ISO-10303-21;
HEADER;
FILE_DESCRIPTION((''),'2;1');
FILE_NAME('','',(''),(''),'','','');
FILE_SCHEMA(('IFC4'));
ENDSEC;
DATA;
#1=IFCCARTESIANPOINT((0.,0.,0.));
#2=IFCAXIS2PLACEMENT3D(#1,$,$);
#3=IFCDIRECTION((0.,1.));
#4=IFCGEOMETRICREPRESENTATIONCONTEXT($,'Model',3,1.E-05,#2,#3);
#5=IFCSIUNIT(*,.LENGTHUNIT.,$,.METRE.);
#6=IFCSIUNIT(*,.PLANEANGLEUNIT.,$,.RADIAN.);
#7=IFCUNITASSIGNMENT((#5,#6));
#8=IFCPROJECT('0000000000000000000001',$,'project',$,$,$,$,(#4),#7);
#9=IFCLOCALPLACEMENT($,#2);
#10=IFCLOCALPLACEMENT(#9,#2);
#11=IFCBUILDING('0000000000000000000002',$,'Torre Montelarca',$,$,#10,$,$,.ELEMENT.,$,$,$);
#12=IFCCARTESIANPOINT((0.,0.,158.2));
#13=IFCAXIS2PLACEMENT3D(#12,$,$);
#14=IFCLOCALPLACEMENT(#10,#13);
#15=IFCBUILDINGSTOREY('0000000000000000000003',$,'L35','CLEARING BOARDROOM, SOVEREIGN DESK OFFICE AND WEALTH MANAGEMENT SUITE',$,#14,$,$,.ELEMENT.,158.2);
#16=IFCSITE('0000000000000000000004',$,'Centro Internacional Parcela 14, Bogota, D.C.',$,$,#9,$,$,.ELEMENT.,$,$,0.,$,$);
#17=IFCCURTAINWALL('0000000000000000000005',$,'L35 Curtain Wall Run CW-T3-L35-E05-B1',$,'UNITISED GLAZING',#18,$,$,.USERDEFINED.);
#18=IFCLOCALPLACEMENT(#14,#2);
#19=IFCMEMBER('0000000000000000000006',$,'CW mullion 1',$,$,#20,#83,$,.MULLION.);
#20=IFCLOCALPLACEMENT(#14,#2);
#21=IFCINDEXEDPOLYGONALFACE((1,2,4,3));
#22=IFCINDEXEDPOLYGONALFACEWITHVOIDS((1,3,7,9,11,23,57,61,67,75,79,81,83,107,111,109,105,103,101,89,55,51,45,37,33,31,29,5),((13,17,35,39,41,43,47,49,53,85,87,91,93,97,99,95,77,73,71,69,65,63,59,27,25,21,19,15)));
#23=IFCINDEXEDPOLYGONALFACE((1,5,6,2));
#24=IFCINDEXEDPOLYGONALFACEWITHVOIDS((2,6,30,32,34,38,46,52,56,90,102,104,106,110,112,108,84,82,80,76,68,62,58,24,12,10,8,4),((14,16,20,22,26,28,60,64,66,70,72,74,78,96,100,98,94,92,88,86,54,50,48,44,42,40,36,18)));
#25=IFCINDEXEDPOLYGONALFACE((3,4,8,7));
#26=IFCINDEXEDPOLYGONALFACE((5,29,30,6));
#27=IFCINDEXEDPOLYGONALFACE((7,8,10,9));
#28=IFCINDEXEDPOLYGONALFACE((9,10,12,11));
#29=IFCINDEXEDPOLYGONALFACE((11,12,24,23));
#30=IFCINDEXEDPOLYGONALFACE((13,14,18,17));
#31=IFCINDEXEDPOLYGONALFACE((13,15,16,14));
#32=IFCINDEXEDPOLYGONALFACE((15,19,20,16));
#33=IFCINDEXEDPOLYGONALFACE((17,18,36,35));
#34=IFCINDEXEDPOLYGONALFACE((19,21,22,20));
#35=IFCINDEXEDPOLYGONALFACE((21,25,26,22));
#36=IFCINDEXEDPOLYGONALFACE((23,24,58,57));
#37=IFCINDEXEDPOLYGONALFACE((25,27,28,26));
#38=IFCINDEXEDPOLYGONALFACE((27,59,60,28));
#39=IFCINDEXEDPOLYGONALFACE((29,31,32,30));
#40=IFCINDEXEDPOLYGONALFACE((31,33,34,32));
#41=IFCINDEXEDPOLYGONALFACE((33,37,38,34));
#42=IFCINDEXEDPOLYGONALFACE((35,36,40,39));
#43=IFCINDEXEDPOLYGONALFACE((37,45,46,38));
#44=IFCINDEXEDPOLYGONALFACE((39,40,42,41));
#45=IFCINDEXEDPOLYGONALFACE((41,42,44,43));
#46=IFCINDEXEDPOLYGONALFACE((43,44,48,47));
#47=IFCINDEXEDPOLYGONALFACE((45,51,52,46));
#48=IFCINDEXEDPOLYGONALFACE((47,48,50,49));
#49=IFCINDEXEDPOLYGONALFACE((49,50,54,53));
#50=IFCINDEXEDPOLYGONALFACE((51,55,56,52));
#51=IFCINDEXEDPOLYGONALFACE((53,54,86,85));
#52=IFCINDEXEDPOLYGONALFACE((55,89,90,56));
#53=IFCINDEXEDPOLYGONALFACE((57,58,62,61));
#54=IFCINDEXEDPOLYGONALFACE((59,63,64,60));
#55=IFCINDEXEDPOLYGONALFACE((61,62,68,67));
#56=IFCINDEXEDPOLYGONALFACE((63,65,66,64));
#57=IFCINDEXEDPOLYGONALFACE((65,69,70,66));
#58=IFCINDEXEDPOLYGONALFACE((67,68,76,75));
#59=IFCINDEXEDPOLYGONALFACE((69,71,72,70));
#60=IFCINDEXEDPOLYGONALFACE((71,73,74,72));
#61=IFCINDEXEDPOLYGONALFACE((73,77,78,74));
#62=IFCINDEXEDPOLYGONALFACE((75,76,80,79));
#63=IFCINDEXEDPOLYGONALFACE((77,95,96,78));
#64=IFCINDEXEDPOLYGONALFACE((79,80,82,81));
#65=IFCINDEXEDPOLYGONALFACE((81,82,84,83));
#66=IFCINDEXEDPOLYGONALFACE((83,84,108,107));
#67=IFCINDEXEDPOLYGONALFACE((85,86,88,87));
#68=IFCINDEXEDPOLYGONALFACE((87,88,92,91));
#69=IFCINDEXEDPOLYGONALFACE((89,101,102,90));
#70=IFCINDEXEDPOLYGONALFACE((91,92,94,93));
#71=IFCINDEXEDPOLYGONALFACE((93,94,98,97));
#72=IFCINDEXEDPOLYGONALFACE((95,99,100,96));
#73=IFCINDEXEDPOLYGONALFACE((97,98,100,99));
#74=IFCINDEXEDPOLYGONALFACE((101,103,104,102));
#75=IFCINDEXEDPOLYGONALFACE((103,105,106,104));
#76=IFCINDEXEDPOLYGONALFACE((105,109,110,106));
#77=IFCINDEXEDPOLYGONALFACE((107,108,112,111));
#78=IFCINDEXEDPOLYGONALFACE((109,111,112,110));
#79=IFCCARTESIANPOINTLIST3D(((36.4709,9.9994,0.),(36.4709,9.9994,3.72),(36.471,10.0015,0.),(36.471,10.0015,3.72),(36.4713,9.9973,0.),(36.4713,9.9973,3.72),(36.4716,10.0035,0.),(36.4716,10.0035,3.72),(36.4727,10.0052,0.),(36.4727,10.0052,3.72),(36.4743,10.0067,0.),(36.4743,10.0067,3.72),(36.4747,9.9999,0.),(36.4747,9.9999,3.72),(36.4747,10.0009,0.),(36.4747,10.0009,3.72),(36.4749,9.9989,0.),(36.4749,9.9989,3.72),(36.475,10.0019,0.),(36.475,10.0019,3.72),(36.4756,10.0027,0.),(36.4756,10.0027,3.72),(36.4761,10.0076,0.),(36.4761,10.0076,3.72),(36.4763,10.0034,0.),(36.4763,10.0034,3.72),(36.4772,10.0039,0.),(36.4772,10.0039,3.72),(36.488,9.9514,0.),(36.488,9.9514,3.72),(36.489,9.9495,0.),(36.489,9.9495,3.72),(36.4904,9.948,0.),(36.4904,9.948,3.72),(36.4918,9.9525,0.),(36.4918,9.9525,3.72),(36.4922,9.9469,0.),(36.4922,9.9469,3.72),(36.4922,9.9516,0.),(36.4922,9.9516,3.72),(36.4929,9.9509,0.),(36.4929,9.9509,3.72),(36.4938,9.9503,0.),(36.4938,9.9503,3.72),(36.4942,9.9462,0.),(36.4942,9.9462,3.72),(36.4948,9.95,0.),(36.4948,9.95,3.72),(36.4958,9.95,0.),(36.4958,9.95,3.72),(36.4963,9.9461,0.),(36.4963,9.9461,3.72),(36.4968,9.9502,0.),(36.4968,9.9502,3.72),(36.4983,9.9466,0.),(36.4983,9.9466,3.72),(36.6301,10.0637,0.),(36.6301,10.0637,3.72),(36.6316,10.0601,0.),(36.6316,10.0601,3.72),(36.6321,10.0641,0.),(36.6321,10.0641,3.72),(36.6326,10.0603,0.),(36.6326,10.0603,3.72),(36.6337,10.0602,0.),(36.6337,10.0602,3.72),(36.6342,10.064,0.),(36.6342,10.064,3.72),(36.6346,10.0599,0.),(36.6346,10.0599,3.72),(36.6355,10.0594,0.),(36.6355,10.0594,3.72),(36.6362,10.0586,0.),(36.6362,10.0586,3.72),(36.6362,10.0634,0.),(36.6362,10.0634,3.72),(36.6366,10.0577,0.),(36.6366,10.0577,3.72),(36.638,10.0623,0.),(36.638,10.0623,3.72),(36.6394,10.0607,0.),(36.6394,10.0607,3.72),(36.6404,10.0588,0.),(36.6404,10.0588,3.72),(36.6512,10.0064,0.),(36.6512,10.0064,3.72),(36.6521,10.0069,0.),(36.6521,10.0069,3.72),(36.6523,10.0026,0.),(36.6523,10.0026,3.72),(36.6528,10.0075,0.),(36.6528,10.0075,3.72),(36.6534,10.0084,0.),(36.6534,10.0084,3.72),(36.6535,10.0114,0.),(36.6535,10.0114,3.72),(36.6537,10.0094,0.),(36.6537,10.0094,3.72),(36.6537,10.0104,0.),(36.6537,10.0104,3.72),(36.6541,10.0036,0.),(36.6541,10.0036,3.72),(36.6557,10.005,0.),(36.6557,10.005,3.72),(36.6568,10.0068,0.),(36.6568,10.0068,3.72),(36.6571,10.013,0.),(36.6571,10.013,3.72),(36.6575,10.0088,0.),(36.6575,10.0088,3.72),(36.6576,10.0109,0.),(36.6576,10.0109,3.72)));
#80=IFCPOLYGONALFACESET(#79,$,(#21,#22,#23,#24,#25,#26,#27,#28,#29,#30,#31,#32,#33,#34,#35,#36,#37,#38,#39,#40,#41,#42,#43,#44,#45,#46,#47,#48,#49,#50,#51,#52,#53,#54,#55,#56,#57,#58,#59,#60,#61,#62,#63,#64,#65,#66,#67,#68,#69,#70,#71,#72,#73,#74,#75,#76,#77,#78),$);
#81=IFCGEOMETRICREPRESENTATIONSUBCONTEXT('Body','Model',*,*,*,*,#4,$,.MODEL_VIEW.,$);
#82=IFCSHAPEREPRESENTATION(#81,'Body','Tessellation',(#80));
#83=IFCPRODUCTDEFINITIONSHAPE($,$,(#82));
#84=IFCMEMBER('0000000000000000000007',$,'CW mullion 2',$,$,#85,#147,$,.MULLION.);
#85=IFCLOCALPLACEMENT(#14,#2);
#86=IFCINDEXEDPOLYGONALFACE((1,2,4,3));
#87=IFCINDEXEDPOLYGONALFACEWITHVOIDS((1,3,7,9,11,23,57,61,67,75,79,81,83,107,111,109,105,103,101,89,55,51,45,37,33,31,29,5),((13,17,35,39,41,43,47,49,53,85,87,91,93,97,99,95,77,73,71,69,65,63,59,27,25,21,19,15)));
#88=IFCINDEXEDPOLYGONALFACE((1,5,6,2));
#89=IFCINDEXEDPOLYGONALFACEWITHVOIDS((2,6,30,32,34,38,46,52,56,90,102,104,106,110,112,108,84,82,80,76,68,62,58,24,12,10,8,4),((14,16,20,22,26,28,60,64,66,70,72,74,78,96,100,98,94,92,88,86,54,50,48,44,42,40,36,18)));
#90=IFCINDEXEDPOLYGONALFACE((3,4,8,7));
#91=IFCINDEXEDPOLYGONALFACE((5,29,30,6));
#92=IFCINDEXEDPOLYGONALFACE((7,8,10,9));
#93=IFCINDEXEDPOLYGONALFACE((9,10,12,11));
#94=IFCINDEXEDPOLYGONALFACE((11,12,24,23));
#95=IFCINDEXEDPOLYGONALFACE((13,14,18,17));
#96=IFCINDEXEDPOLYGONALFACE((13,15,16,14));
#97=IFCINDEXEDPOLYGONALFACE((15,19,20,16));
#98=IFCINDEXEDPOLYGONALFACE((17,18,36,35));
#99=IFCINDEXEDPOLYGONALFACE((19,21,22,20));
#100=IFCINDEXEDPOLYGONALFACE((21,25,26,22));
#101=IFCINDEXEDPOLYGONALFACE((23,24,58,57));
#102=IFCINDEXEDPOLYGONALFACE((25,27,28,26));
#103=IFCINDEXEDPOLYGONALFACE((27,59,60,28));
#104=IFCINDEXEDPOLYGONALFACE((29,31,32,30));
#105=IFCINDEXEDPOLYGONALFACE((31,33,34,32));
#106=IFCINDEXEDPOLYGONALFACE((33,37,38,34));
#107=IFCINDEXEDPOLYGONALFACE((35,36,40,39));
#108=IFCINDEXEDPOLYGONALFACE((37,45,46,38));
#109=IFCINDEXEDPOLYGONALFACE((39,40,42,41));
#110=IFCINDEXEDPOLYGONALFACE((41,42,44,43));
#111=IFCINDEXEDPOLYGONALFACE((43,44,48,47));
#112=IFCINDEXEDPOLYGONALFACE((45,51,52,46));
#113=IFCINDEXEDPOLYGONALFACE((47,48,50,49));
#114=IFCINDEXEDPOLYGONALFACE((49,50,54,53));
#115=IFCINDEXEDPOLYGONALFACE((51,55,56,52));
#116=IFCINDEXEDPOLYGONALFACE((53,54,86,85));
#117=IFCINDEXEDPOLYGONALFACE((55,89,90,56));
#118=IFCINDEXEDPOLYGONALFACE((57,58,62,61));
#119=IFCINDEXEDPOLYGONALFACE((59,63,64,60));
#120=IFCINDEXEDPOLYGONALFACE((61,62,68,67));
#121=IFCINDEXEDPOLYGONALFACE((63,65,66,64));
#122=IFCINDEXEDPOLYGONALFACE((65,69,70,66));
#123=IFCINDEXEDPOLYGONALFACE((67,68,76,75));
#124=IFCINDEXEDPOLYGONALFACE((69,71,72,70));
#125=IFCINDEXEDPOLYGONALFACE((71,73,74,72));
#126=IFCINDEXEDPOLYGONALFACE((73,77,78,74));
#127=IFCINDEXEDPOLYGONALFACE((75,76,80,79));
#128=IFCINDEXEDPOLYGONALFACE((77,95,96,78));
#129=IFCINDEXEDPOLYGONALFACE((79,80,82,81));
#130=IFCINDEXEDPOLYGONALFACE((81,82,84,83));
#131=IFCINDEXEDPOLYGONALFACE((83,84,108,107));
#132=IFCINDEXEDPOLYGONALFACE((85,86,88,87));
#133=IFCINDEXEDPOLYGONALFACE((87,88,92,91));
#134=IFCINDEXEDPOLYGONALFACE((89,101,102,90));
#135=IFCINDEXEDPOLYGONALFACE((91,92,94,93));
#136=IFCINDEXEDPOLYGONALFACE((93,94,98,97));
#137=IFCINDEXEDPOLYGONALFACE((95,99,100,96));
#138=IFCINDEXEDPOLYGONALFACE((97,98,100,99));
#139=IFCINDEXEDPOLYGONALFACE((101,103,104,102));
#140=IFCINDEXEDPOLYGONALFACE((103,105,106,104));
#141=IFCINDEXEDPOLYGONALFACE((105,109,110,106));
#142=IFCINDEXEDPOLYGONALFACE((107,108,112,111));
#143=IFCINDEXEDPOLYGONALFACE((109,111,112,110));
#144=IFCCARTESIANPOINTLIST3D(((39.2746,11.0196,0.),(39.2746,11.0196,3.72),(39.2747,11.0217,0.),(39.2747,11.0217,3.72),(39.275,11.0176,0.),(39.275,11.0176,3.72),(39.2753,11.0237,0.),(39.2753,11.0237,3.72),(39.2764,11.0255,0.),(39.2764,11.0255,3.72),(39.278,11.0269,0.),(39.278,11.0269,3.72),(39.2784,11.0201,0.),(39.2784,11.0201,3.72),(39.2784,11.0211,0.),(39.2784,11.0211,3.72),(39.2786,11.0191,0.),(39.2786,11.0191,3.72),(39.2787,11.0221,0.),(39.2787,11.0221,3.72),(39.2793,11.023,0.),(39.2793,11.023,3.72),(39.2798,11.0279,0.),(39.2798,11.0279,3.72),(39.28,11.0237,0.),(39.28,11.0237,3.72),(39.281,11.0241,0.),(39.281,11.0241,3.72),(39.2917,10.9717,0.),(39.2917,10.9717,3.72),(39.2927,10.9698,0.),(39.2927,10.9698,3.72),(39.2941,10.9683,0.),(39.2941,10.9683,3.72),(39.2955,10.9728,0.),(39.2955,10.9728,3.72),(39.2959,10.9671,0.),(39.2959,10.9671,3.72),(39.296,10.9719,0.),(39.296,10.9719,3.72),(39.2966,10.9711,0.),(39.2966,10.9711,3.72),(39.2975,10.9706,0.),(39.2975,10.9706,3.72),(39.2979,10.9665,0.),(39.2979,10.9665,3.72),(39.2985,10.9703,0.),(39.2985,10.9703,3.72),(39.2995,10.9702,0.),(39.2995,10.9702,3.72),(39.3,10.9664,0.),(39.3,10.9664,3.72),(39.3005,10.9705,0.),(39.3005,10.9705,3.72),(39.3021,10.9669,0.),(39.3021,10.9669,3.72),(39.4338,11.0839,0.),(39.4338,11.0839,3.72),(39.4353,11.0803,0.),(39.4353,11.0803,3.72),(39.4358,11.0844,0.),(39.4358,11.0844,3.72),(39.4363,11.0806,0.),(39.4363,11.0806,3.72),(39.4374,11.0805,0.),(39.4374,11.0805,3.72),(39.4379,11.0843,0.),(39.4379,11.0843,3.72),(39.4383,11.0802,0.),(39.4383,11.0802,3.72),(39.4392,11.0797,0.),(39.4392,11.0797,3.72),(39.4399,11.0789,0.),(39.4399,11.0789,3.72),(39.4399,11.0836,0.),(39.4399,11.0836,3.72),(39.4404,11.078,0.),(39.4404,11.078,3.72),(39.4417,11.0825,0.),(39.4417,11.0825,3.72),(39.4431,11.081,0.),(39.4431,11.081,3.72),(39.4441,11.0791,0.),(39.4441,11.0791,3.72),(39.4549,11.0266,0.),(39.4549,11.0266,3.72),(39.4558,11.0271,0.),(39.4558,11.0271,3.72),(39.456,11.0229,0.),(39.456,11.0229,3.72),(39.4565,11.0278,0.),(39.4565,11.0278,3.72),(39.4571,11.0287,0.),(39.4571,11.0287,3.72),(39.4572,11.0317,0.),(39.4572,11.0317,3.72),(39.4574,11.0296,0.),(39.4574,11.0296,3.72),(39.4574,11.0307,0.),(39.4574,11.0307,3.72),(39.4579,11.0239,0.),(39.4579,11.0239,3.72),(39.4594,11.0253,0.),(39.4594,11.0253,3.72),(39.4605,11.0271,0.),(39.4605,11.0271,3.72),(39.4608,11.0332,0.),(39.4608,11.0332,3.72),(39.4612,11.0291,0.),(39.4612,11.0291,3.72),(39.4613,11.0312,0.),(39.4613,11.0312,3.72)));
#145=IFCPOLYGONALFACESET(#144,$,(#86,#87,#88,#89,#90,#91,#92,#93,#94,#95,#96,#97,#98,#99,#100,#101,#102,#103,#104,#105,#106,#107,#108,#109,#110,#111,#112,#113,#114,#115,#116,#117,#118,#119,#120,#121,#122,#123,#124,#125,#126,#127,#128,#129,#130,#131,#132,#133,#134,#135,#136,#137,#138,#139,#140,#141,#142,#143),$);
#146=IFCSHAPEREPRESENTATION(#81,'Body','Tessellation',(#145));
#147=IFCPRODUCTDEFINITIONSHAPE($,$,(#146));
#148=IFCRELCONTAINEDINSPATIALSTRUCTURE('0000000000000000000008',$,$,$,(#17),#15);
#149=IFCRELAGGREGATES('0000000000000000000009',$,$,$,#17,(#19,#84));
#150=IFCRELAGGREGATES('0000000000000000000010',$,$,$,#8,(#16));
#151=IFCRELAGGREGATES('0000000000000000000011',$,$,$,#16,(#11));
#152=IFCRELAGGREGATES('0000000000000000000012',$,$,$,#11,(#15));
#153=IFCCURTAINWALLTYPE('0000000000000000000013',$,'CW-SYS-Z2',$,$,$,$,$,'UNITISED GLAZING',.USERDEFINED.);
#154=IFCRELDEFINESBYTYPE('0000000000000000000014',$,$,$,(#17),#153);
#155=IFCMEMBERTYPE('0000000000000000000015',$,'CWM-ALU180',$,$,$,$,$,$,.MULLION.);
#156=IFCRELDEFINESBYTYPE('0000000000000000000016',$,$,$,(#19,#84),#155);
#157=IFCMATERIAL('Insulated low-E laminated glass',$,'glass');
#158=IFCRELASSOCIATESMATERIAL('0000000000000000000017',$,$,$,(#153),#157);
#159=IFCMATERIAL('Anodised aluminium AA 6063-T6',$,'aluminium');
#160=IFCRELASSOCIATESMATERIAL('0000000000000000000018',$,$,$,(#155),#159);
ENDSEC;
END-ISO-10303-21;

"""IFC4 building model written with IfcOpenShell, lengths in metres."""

from ifc_helpers import new_model, si_unit, direction, frame, origin, origin_2d, place, context, subcontext, project, spatial, hollow_rectangle, extrude, source, transform, mapped, material, material_profile, profile_set, type_object, element, aggregate, save


model = new_model("IFC4")

# Units and contexts
model_context = context("Model", 3, precision=1e-05, world=origin(), true_north=direction((0.0, 1.0)))
body_context = subcontext(model_context, "Body", "Model", "MODEL_VIEW")
ifc_project = project(units=[si_unit("LENGTHUNIT", "METRE"), si_unit("PLANEANGLEUNIT", "RADIAN")], contexts=[model_context])

# Site, building, storey
site_placement = place(None, origin())
site = spatial("IfcSite", under=ifc_project, at=site_placement, Name="Centro Internacional Parcela 14, Bogota, D.C.", CompositionType="ELEMENT", RefElevation=0.0)
building_placement = place(site_placement, origin())
building = spatial("IfcBuilding", under=site, at=building_placement, Name="Torre Montelarca", CompositionType="ELEMENT")
storey_placement = place(building_placement, frame((0.0, 0.0, 158.2)))
storey = spatial("IfcBuildingStorey", under=building, at=storey_placement, Name="L35", Description="CLEARING BOARDROOM, SOVEREIGN DESK OFFICE AND WEALTH MANAGEMENT SUITE", CompositionType="ELEMENT", Elevation=158.2)

# Curtain wall, members
ifc_material_1 = material(Name="Insulated low-E laminated glass", Category="glass")
curtain_wall_type = type_object("IfcCurtainWallType", Name="CW-SYS-Z2", ElementType="UNITISED GLAZING", PredefinedType="USERDEFINED", material=ifc_material_1)
curtain_wall_1_placement = place(storey_placement, origin())
curtain_wall_1 = element("IfcCurtainWall", 1, at=curtain_wall_1_placement, inside=storey, type_object=curtain_wall_type, Name="L35 Curtain Wall Run CW-T3-L35-E05-B1", ObjectType="UNITISED GLAZING", PredefinedType="USERDEFINED")
ifc_material_2 = material(Name="Anodised aluminium AA 6063-T6", Category="aluminium")
ifc_material_profile_1 = material_profile(ifc_material_2, hollow_rectangle(XDim=0.0649, YDim=0.1799, WallThickness=0.0039, InnerFilletRadius=0.0039, OuterFilletRadius=0.0081, at=origin_2d()), Name="ALU65X180X4", Category="aluminium")
ifc_profile_set_1 = profile_set([ifc_material_profile_1], Name="Anodised aluminium AA 6063-T6")
member_type_1 = type_object("IfcMemberType", Name="CWM-ALU180", PredefinedType="MULLION", material=ifc_profile_set_1)
shared_shape_1 = source(origin(), body_context, "Body", "SweptSolid", [
    extrude(hollow_rectangle(XDim=0.0649, YDim=0.1799, WallThickness=0.0039, InnerFilletRadius=0.0039, OuterFilletRadius=0.0081, at=origin_2d()), origin(), (0.0, 0.0, 1.0), 3.72),
])
member_1_placement = place(storey_placement, frame((36.5642, 10.0051, 0.0), z_axis=(0.0, 0.0, 1.0), x_axis=(-0.342016, 0.939694, 0.0)))
member_1 = element("IfcMember", 2, at=member_1_placement, type_object=member_type_1, Name="CW mullion 1", PredefinedType="MULLION", context=body_context, shape_type="MappedRepresentation", body=[
    mapped(shared_shape_1, transform((0.0, 0.0, 0.0), scale=1.0)),
])
member_2_placement = place(storey_placement, frame((39.3679, 11.0254, 0.0), z_axis=(0.0, 0.0, 1.0), x_axis=(-0.342016, 0.939694, 0.0)))
member_2 = element("IfcMember", 3, at=member_2_placement, type_object=member_type_1, Name="CW mullion 2", PredefinedType="MULLION", context=body_context, shape_type="MappedRepresentation", body=[
    mapped(shared_shape_1, transform((0.0, 0.0, 0.0), scale=1.0)),
])

aggregate(curtain_wall_1, [member_1, member_2])

save(model, "model.ifc")
